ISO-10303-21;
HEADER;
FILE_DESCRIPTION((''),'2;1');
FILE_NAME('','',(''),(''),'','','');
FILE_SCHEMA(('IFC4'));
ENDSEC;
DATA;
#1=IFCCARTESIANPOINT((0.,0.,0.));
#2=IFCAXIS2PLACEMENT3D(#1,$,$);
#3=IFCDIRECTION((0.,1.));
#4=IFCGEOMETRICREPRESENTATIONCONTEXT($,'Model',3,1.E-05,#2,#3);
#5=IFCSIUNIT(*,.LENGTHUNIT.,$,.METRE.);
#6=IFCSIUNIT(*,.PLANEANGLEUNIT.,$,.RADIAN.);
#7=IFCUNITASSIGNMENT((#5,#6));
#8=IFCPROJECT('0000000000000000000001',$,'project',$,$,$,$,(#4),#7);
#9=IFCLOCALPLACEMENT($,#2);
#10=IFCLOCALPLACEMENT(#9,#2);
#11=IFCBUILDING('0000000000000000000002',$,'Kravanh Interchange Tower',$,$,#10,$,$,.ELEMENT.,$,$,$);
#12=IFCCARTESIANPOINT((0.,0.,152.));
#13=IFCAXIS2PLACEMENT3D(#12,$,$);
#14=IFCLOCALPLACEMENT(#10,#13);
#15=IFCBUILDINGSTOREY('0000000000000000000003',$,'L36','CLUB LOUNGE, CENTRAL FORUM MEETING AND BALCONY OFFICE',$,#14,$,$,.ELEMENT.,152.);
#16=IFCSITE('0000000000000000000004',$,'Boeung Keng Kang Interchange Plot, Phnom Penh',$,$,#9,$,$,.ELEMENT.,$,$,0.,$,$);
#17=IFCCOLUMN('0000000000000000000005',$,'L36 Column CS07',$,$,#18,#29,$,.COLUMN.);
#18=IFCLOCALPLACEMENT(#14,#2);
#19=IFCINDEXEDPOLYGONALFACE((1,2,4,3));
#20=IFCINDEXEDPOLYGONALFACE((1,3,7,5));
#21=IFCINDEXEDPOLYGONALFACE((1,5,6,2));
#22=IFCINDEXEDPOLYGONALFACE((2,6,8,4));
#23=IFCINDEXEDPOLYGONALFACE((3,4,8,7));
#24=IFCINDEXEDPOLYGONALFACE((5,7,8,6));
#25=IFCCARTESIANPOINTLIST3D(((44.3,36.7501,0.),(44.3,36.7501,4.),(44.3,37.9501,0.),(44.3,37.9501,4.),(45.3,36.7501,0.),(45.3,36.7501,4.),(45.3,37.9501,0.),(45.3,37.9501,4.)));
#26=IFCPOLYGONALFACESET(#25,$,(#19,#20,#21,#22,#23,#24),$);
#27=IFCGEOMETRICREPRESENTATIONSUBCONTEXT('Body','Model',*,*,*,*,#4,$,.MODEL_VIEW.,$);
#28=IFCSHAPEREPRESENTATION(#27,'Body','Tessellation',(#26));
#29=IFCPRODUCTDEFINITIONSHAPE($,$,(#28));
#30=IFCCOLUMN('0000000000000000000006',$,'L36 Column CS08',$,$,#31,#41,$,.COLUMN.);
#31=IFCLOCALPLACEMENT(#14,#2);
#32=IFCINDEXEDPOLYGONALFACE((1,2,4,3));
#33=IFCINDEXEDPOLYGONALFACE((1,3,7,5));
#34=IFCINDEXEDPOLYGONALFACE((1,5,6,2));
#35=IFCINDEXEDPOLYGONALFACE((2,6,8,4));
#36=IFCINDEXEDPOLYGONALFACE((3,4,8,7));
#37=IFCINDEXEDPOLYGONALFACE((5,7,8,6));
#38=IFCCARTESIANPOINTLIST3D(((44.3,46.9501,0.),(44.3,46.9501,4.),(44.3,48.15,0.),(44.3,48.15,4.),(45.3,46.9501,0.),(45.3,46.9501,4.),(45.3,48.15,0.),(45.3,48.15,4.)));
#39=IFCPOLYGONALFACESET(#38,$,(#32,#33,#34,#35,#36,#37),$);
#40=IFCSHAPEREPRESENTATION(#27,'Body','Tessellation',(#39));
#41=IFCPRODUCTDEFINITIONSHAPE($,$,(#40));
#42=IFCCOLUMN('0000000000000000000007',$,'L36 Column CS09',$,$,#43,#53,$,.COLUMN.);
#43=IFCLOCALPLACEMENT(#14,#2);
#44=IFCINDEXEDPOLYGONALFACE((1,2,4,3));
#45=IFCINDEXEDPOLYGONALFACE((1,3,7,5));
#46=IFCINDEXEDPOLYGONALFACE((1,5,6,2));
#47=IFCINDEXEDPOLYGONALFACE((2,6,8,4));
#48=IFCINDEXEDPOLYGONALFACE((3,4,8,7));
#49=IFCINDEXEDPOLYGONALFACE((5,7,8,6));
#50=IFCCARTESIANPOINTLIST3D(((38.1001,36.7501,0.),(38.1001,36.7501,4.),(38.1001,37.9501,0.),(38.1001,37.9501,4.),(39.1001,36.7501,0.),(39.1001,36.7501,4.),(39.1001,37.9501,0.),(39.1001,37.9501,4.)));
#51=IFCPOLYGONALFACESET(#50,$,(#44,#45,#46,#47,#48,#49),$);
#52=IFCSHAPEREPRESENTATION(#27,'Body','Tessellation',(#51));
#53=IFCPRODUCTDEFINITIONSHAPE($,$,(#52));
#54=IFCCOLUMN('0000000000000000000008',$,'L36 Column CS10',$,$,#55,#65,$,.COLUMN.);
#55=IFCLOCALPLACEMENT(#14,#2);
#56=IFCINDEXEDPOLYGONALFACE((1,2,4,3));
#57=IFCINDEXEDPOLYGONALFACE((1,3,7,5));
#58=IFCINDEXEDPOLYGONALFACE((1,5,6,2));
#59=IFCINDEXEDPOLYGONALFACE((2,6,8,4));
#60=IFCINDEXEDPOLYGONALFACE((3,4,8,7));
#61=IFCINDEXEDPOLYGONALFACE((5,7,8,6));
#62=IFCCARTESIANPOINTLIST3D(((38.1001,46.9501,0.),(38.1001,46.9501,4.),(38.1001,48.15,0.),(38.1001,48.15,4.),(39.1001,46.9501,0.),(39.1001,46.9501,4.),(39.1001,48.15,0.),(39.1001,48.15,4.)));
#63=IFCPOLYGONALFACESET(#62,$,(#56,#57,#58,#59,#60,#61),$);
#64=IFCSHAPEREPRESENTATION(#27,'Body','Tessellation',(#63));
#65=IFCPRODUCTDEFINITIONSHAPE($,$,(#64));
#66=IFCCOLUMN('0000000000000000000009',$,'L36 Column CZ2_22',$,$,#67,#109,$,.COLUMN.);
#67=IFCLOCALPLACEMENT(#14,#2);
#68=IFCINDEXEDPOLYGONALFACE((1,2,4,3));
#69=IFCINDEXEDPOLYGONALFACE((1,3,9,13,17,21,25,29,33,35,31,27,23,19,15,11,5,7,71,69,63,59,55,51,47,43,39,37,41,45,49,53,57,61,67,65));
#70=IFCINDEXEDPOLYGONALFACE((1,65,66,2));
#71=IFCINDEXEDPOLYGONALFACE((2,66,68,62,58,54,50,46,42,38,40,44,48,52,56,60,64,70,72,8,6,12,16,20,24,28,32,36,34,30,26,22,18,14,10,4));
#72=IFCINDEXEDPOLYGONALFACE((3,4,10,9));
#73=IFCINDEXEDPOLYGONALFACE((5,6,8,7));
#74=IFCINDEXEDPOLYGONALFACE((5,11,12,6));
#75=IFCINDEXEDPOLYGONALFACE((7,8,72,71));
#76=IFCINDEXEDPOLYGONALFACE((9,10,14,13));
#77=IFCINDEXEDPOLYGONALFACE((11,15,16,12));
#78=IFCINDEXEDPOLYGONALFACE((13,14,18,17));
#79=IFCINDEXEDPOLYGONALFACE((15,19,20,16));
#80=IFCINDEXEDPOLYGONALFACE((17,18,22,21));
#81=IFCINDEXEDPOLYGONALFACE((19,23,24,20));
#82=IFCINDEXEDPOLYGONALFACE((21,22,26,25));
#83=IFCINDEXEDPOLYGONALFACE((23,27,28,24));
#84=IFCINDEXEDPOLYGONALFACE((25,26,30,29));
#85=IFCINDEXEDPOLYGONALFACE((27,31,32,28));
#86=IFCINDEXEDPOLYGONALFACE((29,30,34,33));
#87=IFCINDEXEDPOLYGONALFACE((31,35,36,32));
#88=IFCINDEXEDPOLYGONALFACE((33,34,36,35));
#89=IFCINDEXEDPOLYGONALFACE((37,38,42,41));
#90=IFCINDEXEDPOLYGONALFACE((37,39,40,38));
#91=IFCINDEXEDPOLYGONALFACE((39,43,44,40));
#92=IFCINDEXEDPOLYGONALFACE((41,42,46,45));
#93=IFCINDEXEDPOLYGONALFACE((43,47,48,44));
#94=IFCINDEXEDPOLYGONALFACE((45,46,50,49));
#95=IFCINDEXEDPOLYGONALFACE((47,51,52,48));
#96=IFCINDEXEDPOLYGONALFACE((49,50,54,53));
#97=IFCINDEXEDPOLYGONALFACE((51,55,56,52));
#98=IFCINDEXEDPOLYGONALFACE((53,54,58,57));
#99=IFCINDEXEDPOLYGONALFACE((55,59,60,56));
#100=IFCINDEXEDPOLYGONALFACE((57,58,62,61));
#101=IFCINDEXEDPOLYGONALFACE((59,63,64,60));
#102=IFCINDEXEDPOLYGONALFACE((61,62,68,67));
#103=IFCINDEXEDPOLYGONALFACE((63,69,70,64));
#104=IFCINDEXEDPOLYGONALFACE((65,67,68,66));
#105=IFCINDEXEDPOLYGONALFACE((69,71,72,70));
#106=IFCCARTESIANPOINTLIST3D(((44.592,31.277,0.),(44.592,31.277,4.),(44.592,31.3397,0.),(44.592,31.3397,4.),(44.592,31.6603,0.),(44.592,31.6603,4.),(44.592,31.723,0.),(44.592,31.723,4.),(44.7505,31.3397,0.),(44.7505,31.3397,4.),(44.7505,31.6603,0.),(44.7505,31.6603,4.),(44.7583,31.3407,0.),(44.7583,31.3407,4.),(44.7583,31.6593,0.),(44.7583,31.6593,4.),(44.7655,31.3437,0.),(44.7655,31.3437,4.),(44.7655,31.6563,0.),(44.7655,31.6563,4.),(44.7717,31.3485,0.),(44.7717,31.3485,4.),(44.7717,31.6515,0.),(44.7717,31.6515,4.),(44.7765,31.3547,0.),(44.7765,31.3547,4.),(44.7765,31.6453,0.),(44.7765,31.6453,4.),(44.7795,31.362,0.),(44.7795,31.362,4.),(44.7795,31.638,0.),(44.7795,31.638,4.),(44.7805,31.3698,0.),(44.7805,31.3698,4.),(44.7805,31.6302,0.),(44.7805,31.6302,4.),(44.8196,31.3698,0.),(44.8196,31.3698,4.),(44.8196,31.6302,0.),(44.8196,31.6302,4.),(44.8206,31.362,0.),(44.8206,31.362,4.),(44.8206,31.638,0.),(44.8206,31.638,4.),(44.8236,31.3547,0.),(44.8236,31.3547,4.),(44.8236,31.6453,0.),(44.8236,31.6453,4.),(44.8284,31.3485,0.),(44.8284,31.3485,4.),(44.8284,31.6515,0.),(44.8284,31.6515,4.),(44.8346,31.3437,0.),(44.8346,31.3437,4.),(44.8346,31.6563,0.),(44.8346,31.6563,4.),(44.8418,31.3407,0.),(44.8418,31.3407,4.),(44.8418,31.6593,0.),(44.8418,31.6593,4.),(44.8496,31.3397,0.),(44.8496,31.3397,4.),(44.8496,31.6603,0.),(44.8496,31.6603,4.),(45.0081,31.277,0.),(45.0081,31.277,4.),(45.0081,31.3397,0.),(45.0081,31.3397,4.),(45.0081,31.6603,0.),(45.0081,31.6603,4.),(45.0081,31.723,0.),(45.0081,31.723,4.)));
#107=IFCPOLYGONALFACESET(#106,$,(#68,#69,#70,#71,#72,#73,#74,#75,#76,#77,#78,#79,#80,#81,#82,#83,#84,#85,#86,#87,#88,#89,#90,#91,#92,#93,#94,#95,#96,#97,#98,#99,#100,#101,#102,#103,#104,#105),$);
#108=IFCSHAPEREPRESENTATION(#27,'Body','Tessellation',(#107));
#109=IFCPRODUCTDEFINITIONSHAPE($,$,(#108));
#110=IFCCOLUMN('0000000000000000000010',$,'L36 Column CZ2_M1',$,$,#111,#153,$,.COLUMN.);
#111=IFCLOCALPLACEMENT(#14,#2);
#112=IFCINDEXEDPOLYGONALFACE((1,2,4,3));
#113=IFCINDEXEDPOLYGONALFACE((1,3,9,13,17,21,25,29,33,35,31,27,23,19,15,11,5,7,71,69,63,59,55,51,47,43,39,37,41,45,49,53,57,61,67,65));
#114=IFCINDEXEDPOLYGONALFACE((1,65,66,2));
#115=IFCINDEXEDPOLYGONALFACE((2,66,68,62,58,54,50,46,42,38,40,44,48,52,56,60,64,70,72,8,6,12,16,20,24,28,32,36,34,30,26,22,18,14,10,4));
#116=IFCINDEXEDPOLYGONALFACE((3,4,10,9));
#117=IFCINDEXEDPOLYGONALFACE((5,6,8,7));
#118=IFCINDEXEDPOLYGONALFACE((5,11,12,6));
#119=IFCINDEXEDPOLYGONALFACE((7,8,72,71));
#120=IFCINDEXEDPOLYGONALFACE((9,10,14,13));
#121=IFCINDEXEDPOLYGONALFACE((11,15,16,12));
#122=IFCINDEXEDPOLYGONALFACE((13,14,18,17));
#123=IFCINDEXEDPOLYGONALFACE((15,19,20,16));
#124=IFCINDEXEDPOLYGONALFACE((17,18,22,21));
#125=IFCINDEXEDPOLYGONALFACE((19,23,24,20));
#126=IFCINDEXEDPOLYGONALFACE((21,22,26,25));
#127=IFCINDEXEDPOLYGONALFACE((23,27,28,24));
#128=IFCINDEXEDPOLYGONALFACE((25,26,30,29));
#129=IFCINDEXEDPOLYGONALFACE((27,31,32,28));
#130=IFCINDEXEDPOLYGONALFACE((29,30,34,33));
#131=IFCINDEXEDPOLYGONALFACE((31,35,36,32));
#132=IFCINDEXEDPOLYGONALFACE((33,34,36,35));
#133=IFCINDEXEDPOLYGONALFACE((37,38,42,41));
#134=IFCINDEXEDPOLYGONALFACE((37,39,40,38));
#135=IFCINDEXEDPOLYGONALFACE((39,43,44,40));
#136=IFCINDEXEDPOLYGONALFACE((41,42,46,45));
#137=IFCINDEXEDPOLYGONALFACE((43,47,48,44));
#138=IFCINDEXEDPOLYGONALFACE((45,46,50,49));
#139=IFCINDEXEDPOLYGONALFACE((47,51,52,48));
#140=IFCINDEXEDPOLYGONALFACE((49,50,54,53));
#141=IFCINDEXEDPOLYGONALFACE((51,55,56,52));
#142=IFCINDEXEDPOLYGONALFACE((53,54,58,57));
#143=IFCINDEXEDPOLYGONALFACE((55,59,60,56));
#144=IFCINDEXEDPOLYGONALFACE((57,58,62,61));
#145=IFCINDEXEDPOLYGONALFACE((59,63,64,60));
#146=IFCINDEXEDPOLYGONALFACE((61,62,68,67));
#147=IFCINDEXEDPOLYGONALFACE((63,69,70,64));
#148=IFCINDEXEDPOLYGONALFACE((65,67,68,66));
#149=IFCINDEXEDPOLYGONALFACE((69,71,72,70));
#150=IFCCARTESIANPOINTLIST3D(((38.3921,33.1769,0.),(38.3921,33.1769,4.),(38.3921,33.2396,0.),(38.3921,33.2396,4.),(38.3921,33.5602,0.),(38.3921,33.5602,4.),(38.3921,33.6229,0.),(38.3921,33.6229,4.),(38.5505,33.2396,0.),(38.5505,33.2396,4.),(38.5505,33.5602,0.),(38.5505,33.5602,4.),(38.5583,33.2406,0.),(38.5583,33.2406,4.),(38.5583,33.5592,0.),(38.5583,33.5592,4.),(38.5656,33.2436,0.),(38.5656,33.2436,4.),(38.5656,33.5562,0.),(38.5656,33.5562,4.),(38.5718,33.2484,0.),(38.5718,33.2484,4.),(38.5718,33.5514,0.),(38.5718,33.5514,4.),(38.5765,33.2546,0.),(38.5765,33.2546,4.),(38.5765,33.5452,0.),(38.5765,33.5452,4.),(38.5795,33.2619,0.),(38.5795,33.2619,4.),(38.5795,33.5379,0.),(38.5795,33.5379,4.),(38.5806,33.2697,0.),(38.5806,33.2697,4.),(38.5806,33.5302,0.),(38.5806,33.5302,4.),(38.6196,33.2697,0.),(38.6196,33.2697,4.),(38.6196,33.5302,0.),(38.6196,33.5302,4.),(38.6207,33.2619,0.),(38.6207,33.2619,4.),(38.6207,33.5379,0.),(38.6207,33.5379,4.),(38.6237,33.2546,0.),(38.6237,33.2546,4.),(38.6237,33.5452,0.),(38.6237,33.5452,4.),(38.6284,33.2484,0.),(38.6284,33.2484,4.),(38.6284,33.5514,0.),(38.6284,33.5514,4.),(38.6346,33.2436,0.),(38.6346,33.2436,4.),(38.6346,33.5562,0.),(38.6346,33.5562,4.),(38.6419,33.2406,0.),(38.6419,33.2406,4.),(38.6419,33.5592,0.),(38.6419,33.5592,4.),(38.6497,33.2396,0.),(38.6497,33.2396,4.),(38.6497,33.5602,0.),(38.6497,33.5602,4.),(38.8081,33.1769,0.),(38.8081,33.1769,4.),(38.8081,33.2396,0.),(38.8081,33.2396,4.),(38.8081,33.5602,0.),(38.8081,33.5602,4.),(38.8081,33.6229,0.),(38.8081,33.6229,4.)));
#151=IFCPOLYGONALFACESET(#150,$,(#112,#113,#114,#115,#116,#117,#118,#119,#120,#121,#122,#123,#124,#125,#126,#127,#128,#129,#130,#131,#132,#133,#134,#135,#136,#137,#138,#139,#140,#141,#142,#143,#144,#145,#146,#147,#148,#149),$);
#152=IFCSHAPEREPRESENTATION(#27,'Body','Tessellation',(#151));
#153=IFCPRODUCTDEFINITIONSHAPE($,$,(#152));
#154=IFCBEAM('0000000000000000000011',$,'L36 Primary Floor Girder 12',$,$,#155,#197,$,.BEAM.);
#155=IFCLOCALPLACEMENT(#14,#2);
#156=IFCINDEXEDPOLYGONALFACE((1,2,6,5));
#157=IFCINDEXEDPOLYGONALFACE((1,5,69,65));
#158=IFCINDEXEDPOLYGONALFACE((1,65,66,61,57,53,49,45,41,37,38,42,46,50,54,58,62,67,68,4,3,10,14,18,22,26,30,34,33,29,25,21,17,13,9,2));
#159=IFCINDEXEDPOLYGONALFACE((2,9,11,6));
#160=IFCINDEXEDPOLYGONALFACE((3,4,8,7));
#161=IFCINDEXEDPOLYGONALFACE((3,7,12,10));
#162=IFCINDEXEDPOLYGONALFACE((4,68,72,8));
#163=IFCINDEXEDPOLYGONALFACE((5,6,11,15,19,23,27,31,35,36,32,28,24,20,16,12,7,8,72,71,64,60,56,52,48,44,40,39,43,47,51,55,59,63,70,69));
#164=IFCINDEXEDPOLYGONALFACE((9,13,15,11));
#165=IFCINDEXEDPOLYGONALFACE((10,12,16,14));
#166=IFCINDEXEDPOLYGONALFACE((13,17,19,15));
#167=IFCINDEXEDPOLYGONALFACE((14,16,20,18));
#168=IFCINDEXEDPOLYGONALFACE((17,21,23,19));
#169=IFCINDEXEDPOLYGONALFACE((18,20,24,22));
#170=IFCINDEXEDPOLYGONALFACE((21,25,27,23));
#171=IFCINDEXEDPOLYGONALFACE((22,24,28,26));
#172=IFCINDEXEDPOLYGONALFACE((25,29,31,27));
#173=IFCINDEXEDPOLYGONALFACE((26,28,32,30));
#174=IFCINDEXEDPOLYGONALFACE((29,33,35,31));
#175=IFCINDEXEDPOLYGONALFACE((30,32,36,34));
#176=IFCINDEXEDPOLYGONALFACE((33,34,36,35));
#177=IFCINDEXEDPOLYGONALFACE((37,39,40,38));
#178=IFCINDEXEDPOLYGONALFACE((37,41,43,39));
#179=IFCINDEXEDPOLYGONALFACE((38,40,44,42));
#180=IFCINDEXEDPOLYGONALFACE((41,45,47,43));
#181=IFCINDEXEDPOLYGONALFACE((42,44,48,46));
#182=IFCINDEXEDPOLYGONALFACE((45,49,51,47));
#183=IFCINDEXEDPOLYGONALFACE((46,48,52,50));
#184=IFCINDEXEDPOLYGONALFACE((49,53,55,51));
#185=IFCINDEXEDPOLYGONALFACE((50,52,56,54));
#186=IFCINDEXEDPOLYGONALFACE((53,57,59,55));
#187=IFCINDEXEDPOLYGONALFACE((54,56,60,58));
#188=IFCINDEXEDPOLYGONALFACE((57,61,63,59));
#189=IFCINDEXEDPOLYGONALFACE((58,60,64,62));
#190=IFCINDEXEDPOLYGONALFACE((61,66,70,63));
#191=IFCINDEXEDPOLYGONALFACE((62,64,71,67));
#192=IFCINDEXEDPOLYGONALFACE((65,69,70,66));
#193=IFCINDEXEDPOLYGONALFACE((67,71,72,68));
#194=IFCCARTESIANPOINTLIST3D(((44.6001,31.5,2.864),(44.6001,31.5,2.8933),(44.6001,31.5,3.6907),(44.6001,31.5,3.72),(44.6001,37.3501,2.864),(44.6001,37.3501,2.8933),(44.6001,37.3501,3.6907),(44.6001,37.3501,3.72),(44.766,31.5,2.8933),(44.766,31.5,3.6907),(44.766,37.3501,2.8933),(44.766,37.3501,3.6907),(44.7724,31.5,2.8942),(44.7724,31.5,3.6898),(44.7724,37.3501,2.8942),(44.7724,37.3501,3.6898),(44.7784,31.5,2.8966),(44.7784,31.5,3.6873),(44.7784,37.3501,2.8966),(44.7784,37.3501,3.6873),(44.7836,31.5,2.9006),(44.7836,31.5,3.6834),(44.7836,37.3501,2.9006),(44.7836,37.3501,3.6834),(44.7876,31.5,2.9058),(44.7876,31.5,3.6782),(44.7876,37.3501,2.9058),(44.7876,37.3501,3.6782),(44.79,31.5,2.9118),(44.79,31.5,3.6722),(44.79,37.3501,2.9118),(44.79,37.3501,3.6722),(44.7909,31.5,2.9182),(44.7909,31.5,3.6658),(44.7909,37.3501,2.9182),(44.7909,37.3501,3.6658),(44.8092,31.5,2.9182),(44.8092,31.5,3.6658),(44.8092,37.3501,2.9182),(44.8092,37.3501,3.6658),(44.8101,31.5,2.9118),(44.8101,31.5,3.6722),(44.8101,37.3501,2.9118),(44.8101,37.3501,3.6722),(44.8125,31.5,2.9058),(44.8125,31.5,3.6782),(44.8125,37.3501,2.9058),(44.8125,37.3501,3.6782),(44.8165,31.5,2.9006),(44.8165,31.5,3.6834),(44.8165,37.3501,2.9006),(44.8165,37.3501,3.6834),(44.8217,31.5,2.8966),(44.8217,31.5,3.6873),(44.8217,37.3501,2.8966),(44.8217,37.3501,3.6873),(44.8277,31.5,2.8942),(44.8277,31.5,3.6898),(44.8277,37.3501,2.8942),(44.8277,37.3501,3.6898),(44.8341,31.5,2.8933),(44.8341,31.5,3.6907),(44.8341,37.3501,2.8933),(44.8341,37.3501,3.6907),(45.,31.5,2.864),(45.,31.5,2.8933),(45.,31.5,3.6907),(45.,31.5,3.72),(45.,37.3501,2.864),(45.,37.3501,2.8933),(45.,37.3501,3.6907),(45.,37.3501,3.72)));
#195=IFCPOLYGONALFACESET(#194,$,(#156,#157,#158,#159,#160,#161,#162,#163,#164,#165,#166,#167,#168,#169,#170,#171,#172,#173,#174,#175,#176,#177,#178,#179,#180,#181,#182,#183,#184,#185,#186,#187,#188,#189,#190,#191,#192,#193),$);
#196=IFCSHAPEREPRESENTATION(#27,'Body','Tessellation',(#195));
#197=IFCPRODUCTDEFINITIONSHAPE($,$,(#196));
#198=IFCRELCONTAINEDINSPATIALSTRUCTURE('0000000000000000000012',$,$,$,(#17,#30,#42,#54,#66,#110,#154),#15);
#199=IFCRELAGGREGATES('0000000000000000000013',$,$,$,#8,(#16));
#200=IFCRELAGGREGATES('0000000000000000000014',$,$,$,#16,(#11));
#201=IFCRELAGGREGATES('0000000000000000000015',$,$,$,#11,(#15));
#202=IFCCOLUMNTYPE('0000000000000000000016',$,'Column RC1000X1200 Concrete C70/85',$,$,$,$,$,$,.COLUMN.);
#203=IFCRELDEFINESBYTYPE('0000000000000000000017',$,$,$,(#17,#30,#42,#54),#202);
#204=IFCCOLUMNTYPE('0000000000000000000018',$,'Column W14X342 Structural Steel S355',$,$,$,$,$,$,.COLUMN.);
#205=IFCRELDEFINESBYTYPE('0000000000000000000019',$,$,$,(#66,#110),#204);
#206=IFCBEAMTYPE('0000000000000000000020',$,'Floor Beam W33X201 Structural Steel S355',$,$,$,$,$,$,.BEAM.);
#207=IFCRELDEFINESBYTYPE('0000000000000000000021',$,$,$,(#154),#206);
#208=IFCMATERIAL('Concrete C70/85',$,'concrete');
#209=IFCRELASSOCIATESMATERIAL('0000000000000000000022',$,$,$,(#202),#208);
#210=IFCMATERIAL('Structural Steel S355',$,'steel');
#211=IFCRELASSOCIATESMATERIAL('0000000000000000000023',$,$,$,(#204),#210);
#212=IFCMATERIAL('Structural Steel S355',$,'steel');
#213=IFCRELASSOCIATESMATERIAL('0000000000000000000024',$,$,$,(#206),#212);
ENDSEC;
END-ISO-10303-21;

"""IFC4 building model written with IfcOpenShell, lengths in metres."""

from ifc_helpers import new_model, si_unit, direction, frame, origin, origin_2d, place, context, subcontext, project, spatial, rectangle, i_section, extrude, material, material_profile, profile_set, type_object, element, save


model = new_model("IFC4")

# Units and contexts
model_context = context("Model", 3, precision=1e-05, world=origin(), true_north=direction((0.0, 1.0)))
body_context = subcontext(model_context, "Body", "Model", "MODEL_VIEW")
ifc_project = project(units=[si_unit("LENGTHUNIT", "METRE"), si_unit("PLANEANGLEUNIT", "RADIAN")], contexts=[model_context])

# Site, building, storey
site_placement = place(None, origin())
site = spatial("IfcSite", under=ifc_project, at=site_placement, Name="Boeung Keng Kang Interchange Plot, Phnom Penh", CompositionType="ELEMENT", RefElevation=0.0)
building_placement = place(site_placement, origin())
building = spatial("IfcBuilding", under=site, at=building_placement, Name="Kravanh Interchange Tower", CompositionType="ELEMENT")
storey_placement = place(building_placement, frame((0.0, 0.0, 152.0)))
storey = spatial("IfcBuildingStorey", under=building, at=storey_placement, Name="L36", Description="CLUB LOUNGE, CENTRAL FORUM MEETING AND BALCONY OFFICE", CompositionType="ELEMENT", Elevation=152.0)

# Columns
ifc_material_1 = material(Name="Concrete C70/85", Category="concrete")
ifc_material_profile_1 = material_profile(ifc_material_1, rectangle(XDim=1.0, YDim=1.2, at=origin_2d()), Name="RC1000X1200")
ifc_profile_set_1 = profile_set([ifc_material_profile_1], Name="Concrete C70/85")
column_type_1 = type_object("IfcColumnType", Name="Column RC1000X1200 Concrete C70/85", PredefinedType="COLUMN", material=ifc_profile_set_1)
for number, where, z_axis, x_axis, name in (
    (1, (44.8, 37.3501, 0.0), (0.0, 0.0, 1.0), (1.0, 0.0, 0.0), "L36 Column CS07"),
    (2, (44.8, 47.55, 0.0), (0.0, 0.0, 1.0), (1.0, 0.0, 0.0), "L36 Column CS08"),
    (3, (38.6001, 37.3501, 0.0), (0.0, 0.0, 1.0), (1.0, 0.0, 0.0), "L36 Column CS09"),
    (4, (38.6001, 47.55, 0.0), (0.0, 0.0, 1.0), (1.0, 0.0, 0.0), "L36 Column CS10"),
):
    element("IfcColumn", number, at=place(storey_placement, frame(where, z_axis=z_axis, x_axis=x_axis)), inside=storey, type_object=column_type_1, Name=name, PredefinedType="COLUMN", context=body_context, shape_type="SweptSolid", body=[
        extrude(rectangle(XDim=1.0, YDim=1.2, at=origin_2d()), origin(), (0.0, 0.0, 1.0), 4.0),
    ])
ifc_material_2 = material(Name="Structural Steel S355", Category="steel")
ifc_material_profile_2 = material_profile(ifc_material_2, i_section(OverallWidth=0.416, OverallDepth=0.446, WebThickness=0.0391, FlangeThickness=0.0627, FilletRadius=0.03, at=origin_2d()), Name="W14X342")
ifc_profile_set_2 = profile_set([ifc_material_profile_2], Name="Structural Steel S355")
column_type_2 = type_object("IfcColumnType", Name="Column W14X342 Structural Steel S355", PredefinedType="COLUMN", material=ifc_profile_set_2)
for number, where, z_axis, x_axis, name in (
    (5, (44.8, 31.5, 0.0), (0.0, 0.0, 1.0), (1.0, 0.0, 0.0), "L36 Column CZ2_22"),
    (6, (38.6001, 33.3999, 0.0), (0.0, 0.0, 1.0), (1.0, 0.0, 0.0), "L36 Column CZ2_M1"),
):
    element("IfcColumn", number, at=place(storey_placement, frame(where, z_axis=z_axis, x_axis=x_axis)), inside=storey, type_object=column_type_2, Name=name, PredefinedType="COLUMN", context=body_context, shape_type="SweptSolid", body=[
        extrude(i_section(OverallWidth=0.416, OverallDepth=0.446, WebThickness=0.0391, FlangeThickness=0.0627, FilletRadius=0.03, at=origin_2d()), origin(), (0.0, 0.0, 1.0), 4.0),
    ])

# Beam
ifc_material_3 = material(Name="Structural Steel S355", Category="steel")
ifc_material_profile_3 = material_profile(ifc_material_3, i_section(OverallWidth=0.3999, OverallDepth=0.856, WebThickness=0.0183, FlangeThickness=0.0293, FilletRadius=0.0249, at=origin_2d()), Name="W33X201")
ifc_profile_set_3 = profile_set([ifc_material_profile_3], Name="Structural Steel S355")
beam_type_1 = type_object("IfcBeamType", Name="Floor Beam W33X201 Structural Steel S355", PredefinedType="BEAM", material=ifc_profile_set_3)
beam_1_placement = place(storey_placement, frame((44.8, 37.3501, 3.292), z_axis=(0.0, -1.0, 0.0), x_axis=(1.0, 0.0, 0.0)))
element("IfcBeam", 7, at=beam_1_placement, inside=storey, type_object=beam_type_1, Name="L36 Primary Floor Girder 12", PredefinedType="BEAM", context=body_context, shape_type="SweptSolid", body=[
    extrude(i_section(OverallWidth=0.3999, OverallDepth=0.856, WebThickness=0.0183, FlangeThickness=0.0293, FilletRadius=0.0249, at=origin_2d()), origin(), (0.0, 0.0, 1.0), 5.8501),
])

save(model, "model.ifc")
